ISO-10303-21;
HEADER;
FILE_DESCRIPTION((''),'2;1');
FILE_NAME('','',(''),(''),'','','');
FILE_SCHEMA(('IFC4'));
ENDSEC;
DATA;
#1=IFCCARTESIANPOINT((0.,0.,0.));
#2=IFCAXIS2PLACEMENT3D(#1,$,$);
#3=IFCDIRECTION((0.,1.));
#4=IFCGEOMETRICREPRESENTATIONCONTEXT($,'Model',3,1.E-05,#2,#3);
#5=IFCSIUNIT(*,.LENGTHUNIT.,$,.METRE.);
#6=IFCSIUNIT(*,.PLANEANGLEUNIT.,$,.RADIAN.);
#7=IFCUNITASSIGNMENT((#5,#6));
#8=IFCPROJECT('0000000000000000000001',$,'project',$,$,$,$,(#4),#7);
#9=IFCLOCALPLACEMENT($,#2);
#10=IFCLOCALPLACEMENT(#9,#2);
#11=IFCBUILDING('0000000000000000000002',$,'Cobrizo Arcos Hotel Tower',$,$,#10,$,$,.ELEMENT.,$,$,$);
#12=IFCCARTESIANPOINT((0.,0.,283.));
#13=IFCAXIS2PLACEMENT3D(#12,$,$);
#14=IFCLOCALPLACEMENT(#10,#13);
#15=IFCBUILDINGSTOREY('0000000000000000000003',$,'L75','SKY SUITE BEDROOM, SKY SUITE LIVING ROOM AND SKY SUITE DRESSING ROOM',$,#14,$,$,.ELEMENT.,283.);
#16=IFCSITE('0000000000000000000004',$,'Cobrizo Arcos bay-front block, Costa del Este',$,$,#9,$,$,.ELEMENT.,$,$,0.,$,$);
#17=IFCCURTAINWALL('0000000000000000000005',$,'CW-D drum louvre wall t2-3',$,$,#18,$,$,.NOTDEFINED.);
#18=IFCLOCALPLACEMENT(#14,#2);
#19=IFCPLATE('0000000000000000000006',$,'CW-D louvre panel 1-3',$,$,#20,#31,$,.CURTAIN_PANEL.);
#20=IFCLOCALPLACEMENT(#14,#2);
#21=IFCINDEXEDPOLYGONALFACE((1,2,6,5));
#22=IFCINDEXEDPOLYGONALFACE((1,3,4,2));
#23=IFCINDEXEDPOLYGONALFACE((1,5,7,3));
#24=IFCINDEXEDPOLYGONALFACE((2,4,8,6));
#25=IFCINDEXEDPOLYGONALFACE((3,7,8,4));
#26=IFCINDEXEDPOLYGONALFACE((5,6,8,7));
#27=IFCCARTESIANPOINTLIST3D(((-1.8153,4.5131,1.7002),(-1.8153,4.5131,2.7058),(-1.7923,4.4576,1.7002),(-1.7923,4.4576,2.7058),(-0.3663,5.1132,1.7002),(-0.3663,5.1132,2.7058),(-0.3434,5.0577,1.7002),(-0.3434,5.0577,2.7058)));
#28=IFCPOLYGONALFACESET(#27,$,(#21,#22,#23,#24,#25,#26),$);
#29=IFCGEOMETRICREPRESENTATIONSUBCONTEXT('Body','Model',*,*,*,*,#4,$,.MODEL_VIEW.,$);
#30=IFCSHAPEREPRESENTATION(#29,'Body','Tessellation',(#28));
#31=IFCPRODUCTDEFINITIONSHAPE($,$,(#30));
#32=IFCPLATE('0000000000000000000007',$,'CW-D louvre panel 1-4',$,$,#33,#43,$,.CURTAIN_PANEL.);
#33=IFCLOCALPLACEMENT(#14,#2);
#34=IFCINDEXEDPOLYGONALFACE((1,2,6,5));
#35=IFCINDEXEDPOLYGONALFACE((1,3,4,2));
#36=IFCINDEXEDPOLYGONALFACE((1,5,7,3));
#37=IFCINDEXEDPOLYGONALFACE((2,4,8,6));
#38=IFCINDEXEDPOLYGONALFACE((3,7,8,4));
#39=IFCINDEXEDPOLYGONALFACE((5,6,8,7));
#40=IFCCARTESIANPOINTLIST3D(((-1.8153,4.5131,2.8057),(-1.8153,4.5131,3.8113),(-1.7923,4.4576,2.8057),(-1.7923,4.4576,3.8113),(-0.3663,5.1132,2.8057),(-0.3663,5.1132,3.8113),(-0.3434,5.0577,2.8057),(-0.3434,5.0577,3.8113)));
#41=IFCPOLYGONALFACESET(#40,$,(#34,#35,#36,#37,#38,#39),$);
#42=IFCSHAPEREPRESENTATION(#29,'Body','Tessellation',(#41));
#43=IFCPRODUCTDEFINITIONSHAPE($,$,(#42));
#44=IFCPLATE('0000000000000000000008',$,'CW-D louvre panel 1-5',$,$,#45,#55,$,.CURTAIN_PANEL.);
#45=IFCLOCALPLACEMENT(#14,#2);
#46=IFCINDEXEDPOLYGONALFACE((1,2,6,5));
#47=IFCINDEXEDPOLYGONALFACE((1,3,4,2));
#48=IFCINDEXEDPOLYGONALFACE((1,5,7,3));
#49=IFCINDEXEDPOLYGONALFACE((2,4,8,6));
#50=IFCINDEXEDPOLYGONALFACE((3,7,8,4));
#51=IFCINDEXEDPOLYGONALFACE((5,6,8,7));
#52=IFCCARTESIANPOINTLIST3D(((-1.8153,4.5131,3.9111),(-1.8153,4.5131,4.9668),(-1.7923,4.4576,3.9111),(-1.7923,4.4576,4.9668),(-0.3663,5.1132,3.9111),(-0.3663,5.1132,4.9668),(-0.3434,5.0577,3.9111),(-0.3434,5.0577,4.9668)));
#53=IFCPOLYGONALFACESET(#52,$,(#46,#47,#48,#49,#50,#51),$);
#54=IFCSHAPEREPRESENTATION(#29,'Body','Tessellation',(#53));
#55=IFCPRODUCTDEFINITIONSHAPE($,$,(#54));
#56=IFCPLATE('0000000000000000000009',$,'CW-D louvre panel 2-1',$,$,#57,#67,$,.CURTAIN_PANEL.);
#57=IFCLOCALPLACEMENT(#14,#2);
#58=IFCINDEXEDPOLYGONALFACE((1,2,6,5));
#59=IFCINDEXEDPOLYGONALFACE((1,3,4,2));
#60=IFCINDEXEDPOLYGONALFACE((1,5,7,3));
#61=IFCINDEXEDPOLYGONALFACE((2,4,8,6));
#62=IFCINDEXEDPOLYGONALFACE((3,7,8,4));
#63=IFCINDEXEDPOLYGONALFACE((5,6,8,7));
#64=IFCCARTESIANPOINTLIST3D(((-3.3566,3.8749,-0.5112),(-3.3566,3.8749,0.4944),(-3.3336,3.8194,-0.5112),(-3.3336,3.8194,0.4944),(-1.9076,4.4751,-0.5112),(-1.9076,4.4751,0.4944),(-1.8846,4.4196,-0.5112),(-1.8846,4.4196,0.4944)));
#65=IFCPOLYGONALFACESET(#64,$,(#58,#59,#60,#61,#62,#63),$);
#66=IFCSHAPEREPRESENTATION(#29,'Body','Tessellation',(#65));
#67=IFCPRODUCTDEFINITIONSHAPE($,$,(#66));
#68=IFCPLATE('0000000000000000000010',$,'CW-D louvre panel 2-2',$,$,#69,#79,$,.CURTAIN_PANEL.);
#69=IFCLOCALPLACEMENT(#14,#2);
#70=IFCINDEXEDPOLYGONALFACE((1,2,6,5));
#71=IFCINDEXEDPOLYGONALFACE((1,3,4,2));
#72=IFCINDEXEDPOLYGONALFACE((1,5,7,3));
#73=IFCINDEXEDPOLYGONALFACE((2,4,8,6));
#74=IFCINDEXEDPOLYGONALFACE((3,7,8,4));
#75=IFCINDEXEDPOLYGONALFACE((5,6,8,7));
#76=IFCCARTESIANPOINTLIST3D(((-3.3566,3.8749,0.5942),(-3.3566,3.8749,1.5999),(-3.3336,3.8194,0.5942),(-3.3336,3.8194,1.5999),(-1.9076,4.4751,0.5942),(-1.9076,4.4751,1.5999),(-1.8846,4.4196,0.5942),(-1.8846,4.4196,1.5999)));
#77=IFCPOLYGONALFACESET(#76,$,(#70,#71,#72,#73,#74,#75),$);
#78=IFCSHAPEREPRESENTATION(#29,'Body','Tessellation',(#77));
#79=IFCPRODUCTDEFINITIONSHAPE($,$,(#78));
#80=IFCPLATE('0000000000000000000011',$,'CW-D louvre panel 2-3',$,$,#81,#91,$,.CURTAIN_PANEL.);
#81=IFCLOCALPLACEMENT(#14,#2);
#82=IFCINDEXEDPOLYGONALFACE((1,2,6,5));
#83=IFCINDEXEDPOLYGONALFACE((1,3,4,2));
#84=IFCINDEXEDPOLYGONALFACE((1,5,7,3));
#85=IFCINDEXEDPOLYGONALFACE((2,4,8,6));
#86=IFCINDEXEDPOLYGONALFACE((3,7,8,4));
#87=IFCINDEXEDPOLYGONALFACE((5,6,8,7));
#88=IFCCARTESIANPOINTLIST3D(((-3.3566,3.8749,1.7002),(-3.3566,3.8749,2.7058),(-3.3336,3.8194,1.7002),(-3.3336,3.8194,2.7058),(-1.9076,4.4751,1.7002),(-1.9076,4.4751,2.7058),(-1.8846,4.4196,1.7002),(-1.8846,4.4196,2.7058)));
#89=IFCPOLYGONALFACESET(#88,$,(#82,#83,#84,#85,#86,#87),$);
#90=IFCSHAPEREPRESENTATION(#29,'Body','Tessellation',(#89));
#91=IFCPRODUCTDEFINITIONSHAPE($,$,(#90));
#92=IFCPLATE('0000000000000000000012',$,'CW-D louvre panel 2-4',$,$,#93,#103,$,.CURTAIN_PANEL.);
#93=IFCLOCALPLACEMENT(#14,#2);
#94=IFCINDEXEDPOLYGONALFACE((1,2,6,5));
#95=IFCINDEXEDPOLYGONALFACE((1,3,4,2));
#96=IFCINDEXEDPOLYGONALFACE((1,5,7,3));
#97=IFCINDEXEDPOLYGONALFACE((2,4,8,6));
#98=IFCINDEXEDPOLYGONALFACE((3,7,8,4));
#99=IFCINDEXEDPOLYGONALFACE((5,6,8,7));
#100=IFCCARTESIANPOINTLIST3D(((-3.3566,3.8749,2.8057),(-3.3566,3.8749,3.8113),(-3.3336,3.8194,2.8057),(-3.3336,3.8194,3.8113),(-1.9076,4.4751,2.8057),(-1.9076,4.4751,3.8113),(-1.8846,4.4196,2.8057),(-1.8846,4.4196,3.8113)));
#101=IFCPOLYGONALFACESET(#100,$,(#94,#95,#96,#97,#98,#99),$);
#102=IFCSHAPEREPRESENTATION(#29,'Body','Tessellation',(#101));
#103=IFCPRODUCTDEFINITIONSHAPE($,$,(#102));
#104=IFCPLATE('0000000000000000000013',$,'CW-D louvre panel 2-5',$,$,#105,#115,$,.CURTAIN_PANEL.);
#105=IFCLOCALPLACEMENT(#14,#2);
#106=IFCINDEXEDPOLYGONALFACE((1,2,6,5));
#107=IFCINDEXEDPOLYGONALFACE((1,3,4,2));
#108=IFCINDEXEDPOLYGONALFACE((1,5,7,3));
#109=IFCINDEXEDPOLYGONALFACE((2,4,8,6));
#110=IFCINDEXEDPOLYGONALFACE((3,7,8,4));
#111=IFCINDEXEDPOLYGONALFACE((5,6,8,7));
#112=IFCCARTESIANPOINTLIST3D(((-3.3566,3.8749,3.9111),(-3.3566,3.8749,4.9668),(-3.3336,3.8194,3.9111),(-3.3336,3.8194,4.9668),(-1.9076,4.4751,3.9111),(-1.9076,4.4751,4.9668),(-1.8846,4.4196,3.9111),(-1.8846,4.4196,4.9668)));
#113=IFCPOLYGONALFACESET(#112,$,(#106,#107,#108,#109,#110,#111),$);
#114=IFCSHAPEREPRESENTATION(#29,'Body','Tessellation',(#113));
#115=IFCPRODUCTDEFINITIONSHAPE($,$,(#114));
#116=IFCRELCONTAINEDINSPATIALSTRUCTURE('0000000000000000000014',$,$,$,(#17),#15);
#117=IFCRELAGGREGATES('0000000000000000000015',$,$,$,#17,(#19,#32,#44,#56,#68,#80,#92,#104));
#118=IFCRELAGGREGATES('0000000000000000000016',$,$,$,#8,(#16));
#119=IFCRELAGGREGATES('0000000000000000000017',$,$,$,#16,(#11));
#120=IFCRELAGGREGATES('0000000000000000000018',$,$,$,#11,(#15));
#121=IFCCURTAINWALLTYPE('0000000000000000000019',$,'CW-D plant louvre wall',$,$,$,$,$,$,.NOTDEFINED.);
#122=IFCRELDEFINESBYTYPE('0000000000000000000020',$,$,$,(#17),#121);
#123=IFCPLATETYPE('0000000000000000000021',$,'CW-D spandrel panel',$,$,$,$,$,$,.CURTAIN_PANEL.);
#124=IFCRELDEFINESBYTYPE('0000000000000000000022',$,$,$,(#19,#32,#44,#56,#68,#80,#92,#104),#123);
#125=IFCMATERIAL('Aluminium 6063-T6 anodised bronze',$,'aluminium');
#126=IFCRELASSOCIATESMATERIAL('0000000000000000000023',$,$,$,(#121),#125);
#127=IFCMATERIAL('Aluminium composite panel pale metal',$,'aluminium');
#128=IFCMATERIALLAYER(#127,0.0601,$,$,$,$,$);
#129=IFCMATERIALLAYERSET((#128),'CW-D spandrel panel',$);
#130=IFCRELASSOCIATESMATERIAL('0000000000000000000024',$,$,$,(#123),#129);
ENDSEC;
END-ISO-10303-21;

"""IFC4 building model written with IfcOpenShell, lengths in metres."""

from ifc_helpers import new_model, si_unit, direction, frame, origin, origin_2d, place, context, subcontext, project, spatial, rectangle, extrude, material, layer, layer_set, type_object, element, aggregate, save


model = new_model("IFC4")

# Units and contexts
model_context = context("Model", 3, precision=1e-05, world=origin(), true_north=direction((0.0, 1.0)))
body_context = subcontext(model_context, "Body", "Model", "MODEL_VIEW")
ifc_project = project(units=[si_unit("LENGTHUNIT", "METRE"), si_unit("PLANEANGLEUNIT", "RADIAN")], contexts=[model_context])

# Site, building, storey
site_placement = place(None, origin())
site = spatial("IfcSite", under=ifc_project, at=site_placement, Name="Cobrizo Arcos bay-front block, Costa del Este", CompositionType="ELEMENT", RefElevation=0.0)
building_placement = place(site_placement, origin())
building = spatial("IfcBuilding", under=site, at=building_placement, Name="Cobrizo Arcos Hotel Tower", CompositionType="ELEMENT")
storey_placement = place(building_placement, frame((0.0, 0.0, 283.0)))
storey = spatial("IfcBuildingStorey", under=building, at=storey_placement, Name="L75", Description="SKY SUITE BEDROOM, SKY SUITE LIVING ROOM AND SKY SUITE DRESSING ROOM", CompositionType="ELEMENT", Elevation=283.0)

# Shared definitions
ifc_material_1 = material(Name="Aluminium 6063-T6 anodised bronze", Category="aluminium")

# Curtain wall
curtain_wall_type_1 = type_object("IfcCurtainWallType", Name="CW-D plant louvre wall", PredefinedType="NOTDEFINED", material=ifc_material_1)
curtain_wall_1_placement = place(storey_placement, origin())
curtain_wall_1 = element("IfcCurtainWall", 1, at=curtain_wall_1_placement, inside=storey, type_object=curtain_wall_type_1, Name="CW-D drum louvre wall t2-3", PredefinedType="NOTDEFINED")

# Plates
ifc_material_2 = material(Name="Aluminium composite panel pale metal", Category="aluminium")
ifc_layer_1 = layer(ifc_material_2, 0.0601)
ifc_layer_set_1 = layer_set([ifc_layer_1], Name="CW-D spandrel panel")
plate_type_1 = type_object("IfcPlateType", Name="CW-D spandrel panel", PredefinedType="CURTAIN_PANEL", material=ifc_layer_set_1)
plate_1_placement = place(storey_placement, frame((-1.0793, 4.7854, 1.7002), z_axis=(0.0, 0.0, 1.0), x_axis=(-0.92388, -0.382683, 0.0)))
plate_1 = element("IfcPlate", 2, at=plate_1_placement, type_object=plate_type_1, Name="CW-D louvre panel 1-3", PredefinedType="CURTAIN_PANEL", context=body_context, shape_type="SweptSolid", body=[
    extrude(rectangle(XDim=1.5684, YDim=0.0601, at=origin_2d()), origin(), (0.0, 0.0, 1.0), 1.0056),
])
plate_2_placement = place(storey_placement, frame((-1.0793, 4.7854, 2.8057), z_axis=(0.0, 0.0, 1.0), x_axis=(-0.92388, -0.382683, 0.0)))
plate_2 = element("IfcPlate", 3, at=plate_2_placement, type_object=plate_type_1, Name="CW-D louvre panel 1-4", PredefinedType="CURTAIN_PANEL", context=body_context, shape_type="SweptSolid", body=[
    extrude(rectangle(XDim=1.5684, YDim=0.0601, at=origin_2d()), origin(), (0.0, 0.0, 1.0), 1.0056),
])
plate_3_placement = place(storey_placement, frame((-1.0793, 4.7854, 3.9111), z_axis=(0.0, 0.0, 1.0), x_axis=(-0.92388, -0.382683, 0.0)))
plate_3 = element("IfcPlate", 4, at=plate_3_placement, type_object=plate_type_1, Name="CW-D louvre panel 1-5", PredefinedType="CURTAIN_PANEL", context=body_context, shape_type="SweptSolid", body=[
    extrude(rectangle(XDim=1.5684, YDim=0.0601, at=origin_2d()), origin(), (0.0, 0.0, 1.0), 1.0557),
])
plate_4_placement = place(storey_placement, frame((-2.6206, 4.1472, -0.5112), z_axis=(0.0, 0.0, 1.0), x_axis=(-0.92388, -0.382683, 0.0)))
plate_4 = element("IfcPlate", 5, at=plate_4_placement, type_object=plate_type_1, Name="CW-D louvre panel 2-1", PredefinedType="CURTAIN_PANEL", context=body_context, shape_type="SweptSolid", body=[
    extrude(rectangle(XDim=1.5684, YDim=0.0601, at=origin_2d()), origin(), (0.0, 0.0, 1.0), 1.0056),
])
plate_5_placement = place(storey_placement, frame((-2.6206, 4.1472, 0.5942), z_axis=(0.0, 0.0, 1.0), x_axis=(-0.92388, -0.382683, 0.0)))
plate_5 = element("IfcPlate", 6, at=plate_5_placement, type_object=plate_type_1, Name="CW-D louvre panel 2-2", PredefinedType="CURTAIN_PANEL", context=body_context, shape_type="SweptSolid", body=[
    extrude(rectangle(XDim=1.5684, YDim=0.0601, at=origin_2d()), origin(), (0.0, 0.0, 1.0), 1.0056),
])
plate_6_placement = place(storey_placement, frame((-2.6206, 4.1472, 1.7002), z_axis=(0.0, 0.0, 1.0), x_axis=(-0.92388, -0.382683, 0.0)))
plate_6 = element("IfcPlate", 7, at=plate_6_placement, type_object=plate_type_1, Name="CW-D louvre panel 2-3", PredefinedType="CURTAIN_PANEL", context=body_context, shape_type="SweptSolid", body=[
    extrude(rectangle(XDim=1.5684, YDim=0.0601, at=origin_2d()), origin(), (0.0, 0.0, 1.0), 1.0056),
])
plate_7_placement = place(storey_placement, frame((-2.6206, 4.1472, 2.8057), z_axis=(0.0, 0.0, 1.0), x_axis=(-0.92388, -0.382683, 0.0)))
plate_7 = element("IfcPlate", 8, at=plate_7_placement, type_object=plate_type_1, Name="CW-D louvre panel 2-4", PredefinedType="CURTAIN_PANEL", context=body_context, shape_type="SweptSolid", body=[
    extrude(rectangle(XDim=1.5684, YDim=0.0601, at=origin_2d()), origin(), (0.0, 0.0, 1.0), 1.0056),
])
plate_8_placement = place(storey_placement, frame((-2.6206, 4.1472, 3.9111), z_axis=(0.0, 0.0, 1.0), x_axis=(-0.92388, -0.382683, 0.0)))
plate_8 = element("IfcPlate", 9, at=plate_8_placement, type_object=plate_type_1, Name="CW-D louvre panel 2-5", PredefinedType="CURTAIN_PANEL", context=body_context, shape_type="SweptSolid", body=[
    extrude(rectangle(XDim=1.5684, YDim=0.0601, at=origin_2d()), origin(), (0.0, 0.0, 1.0), 1.0557),
])
aggregate(curtain_wall_1, [plate_1, plate_2, plate_3, plate_4, plate_5, plate_6, plate_7, plate_8])

save(model, "model.ifc")
